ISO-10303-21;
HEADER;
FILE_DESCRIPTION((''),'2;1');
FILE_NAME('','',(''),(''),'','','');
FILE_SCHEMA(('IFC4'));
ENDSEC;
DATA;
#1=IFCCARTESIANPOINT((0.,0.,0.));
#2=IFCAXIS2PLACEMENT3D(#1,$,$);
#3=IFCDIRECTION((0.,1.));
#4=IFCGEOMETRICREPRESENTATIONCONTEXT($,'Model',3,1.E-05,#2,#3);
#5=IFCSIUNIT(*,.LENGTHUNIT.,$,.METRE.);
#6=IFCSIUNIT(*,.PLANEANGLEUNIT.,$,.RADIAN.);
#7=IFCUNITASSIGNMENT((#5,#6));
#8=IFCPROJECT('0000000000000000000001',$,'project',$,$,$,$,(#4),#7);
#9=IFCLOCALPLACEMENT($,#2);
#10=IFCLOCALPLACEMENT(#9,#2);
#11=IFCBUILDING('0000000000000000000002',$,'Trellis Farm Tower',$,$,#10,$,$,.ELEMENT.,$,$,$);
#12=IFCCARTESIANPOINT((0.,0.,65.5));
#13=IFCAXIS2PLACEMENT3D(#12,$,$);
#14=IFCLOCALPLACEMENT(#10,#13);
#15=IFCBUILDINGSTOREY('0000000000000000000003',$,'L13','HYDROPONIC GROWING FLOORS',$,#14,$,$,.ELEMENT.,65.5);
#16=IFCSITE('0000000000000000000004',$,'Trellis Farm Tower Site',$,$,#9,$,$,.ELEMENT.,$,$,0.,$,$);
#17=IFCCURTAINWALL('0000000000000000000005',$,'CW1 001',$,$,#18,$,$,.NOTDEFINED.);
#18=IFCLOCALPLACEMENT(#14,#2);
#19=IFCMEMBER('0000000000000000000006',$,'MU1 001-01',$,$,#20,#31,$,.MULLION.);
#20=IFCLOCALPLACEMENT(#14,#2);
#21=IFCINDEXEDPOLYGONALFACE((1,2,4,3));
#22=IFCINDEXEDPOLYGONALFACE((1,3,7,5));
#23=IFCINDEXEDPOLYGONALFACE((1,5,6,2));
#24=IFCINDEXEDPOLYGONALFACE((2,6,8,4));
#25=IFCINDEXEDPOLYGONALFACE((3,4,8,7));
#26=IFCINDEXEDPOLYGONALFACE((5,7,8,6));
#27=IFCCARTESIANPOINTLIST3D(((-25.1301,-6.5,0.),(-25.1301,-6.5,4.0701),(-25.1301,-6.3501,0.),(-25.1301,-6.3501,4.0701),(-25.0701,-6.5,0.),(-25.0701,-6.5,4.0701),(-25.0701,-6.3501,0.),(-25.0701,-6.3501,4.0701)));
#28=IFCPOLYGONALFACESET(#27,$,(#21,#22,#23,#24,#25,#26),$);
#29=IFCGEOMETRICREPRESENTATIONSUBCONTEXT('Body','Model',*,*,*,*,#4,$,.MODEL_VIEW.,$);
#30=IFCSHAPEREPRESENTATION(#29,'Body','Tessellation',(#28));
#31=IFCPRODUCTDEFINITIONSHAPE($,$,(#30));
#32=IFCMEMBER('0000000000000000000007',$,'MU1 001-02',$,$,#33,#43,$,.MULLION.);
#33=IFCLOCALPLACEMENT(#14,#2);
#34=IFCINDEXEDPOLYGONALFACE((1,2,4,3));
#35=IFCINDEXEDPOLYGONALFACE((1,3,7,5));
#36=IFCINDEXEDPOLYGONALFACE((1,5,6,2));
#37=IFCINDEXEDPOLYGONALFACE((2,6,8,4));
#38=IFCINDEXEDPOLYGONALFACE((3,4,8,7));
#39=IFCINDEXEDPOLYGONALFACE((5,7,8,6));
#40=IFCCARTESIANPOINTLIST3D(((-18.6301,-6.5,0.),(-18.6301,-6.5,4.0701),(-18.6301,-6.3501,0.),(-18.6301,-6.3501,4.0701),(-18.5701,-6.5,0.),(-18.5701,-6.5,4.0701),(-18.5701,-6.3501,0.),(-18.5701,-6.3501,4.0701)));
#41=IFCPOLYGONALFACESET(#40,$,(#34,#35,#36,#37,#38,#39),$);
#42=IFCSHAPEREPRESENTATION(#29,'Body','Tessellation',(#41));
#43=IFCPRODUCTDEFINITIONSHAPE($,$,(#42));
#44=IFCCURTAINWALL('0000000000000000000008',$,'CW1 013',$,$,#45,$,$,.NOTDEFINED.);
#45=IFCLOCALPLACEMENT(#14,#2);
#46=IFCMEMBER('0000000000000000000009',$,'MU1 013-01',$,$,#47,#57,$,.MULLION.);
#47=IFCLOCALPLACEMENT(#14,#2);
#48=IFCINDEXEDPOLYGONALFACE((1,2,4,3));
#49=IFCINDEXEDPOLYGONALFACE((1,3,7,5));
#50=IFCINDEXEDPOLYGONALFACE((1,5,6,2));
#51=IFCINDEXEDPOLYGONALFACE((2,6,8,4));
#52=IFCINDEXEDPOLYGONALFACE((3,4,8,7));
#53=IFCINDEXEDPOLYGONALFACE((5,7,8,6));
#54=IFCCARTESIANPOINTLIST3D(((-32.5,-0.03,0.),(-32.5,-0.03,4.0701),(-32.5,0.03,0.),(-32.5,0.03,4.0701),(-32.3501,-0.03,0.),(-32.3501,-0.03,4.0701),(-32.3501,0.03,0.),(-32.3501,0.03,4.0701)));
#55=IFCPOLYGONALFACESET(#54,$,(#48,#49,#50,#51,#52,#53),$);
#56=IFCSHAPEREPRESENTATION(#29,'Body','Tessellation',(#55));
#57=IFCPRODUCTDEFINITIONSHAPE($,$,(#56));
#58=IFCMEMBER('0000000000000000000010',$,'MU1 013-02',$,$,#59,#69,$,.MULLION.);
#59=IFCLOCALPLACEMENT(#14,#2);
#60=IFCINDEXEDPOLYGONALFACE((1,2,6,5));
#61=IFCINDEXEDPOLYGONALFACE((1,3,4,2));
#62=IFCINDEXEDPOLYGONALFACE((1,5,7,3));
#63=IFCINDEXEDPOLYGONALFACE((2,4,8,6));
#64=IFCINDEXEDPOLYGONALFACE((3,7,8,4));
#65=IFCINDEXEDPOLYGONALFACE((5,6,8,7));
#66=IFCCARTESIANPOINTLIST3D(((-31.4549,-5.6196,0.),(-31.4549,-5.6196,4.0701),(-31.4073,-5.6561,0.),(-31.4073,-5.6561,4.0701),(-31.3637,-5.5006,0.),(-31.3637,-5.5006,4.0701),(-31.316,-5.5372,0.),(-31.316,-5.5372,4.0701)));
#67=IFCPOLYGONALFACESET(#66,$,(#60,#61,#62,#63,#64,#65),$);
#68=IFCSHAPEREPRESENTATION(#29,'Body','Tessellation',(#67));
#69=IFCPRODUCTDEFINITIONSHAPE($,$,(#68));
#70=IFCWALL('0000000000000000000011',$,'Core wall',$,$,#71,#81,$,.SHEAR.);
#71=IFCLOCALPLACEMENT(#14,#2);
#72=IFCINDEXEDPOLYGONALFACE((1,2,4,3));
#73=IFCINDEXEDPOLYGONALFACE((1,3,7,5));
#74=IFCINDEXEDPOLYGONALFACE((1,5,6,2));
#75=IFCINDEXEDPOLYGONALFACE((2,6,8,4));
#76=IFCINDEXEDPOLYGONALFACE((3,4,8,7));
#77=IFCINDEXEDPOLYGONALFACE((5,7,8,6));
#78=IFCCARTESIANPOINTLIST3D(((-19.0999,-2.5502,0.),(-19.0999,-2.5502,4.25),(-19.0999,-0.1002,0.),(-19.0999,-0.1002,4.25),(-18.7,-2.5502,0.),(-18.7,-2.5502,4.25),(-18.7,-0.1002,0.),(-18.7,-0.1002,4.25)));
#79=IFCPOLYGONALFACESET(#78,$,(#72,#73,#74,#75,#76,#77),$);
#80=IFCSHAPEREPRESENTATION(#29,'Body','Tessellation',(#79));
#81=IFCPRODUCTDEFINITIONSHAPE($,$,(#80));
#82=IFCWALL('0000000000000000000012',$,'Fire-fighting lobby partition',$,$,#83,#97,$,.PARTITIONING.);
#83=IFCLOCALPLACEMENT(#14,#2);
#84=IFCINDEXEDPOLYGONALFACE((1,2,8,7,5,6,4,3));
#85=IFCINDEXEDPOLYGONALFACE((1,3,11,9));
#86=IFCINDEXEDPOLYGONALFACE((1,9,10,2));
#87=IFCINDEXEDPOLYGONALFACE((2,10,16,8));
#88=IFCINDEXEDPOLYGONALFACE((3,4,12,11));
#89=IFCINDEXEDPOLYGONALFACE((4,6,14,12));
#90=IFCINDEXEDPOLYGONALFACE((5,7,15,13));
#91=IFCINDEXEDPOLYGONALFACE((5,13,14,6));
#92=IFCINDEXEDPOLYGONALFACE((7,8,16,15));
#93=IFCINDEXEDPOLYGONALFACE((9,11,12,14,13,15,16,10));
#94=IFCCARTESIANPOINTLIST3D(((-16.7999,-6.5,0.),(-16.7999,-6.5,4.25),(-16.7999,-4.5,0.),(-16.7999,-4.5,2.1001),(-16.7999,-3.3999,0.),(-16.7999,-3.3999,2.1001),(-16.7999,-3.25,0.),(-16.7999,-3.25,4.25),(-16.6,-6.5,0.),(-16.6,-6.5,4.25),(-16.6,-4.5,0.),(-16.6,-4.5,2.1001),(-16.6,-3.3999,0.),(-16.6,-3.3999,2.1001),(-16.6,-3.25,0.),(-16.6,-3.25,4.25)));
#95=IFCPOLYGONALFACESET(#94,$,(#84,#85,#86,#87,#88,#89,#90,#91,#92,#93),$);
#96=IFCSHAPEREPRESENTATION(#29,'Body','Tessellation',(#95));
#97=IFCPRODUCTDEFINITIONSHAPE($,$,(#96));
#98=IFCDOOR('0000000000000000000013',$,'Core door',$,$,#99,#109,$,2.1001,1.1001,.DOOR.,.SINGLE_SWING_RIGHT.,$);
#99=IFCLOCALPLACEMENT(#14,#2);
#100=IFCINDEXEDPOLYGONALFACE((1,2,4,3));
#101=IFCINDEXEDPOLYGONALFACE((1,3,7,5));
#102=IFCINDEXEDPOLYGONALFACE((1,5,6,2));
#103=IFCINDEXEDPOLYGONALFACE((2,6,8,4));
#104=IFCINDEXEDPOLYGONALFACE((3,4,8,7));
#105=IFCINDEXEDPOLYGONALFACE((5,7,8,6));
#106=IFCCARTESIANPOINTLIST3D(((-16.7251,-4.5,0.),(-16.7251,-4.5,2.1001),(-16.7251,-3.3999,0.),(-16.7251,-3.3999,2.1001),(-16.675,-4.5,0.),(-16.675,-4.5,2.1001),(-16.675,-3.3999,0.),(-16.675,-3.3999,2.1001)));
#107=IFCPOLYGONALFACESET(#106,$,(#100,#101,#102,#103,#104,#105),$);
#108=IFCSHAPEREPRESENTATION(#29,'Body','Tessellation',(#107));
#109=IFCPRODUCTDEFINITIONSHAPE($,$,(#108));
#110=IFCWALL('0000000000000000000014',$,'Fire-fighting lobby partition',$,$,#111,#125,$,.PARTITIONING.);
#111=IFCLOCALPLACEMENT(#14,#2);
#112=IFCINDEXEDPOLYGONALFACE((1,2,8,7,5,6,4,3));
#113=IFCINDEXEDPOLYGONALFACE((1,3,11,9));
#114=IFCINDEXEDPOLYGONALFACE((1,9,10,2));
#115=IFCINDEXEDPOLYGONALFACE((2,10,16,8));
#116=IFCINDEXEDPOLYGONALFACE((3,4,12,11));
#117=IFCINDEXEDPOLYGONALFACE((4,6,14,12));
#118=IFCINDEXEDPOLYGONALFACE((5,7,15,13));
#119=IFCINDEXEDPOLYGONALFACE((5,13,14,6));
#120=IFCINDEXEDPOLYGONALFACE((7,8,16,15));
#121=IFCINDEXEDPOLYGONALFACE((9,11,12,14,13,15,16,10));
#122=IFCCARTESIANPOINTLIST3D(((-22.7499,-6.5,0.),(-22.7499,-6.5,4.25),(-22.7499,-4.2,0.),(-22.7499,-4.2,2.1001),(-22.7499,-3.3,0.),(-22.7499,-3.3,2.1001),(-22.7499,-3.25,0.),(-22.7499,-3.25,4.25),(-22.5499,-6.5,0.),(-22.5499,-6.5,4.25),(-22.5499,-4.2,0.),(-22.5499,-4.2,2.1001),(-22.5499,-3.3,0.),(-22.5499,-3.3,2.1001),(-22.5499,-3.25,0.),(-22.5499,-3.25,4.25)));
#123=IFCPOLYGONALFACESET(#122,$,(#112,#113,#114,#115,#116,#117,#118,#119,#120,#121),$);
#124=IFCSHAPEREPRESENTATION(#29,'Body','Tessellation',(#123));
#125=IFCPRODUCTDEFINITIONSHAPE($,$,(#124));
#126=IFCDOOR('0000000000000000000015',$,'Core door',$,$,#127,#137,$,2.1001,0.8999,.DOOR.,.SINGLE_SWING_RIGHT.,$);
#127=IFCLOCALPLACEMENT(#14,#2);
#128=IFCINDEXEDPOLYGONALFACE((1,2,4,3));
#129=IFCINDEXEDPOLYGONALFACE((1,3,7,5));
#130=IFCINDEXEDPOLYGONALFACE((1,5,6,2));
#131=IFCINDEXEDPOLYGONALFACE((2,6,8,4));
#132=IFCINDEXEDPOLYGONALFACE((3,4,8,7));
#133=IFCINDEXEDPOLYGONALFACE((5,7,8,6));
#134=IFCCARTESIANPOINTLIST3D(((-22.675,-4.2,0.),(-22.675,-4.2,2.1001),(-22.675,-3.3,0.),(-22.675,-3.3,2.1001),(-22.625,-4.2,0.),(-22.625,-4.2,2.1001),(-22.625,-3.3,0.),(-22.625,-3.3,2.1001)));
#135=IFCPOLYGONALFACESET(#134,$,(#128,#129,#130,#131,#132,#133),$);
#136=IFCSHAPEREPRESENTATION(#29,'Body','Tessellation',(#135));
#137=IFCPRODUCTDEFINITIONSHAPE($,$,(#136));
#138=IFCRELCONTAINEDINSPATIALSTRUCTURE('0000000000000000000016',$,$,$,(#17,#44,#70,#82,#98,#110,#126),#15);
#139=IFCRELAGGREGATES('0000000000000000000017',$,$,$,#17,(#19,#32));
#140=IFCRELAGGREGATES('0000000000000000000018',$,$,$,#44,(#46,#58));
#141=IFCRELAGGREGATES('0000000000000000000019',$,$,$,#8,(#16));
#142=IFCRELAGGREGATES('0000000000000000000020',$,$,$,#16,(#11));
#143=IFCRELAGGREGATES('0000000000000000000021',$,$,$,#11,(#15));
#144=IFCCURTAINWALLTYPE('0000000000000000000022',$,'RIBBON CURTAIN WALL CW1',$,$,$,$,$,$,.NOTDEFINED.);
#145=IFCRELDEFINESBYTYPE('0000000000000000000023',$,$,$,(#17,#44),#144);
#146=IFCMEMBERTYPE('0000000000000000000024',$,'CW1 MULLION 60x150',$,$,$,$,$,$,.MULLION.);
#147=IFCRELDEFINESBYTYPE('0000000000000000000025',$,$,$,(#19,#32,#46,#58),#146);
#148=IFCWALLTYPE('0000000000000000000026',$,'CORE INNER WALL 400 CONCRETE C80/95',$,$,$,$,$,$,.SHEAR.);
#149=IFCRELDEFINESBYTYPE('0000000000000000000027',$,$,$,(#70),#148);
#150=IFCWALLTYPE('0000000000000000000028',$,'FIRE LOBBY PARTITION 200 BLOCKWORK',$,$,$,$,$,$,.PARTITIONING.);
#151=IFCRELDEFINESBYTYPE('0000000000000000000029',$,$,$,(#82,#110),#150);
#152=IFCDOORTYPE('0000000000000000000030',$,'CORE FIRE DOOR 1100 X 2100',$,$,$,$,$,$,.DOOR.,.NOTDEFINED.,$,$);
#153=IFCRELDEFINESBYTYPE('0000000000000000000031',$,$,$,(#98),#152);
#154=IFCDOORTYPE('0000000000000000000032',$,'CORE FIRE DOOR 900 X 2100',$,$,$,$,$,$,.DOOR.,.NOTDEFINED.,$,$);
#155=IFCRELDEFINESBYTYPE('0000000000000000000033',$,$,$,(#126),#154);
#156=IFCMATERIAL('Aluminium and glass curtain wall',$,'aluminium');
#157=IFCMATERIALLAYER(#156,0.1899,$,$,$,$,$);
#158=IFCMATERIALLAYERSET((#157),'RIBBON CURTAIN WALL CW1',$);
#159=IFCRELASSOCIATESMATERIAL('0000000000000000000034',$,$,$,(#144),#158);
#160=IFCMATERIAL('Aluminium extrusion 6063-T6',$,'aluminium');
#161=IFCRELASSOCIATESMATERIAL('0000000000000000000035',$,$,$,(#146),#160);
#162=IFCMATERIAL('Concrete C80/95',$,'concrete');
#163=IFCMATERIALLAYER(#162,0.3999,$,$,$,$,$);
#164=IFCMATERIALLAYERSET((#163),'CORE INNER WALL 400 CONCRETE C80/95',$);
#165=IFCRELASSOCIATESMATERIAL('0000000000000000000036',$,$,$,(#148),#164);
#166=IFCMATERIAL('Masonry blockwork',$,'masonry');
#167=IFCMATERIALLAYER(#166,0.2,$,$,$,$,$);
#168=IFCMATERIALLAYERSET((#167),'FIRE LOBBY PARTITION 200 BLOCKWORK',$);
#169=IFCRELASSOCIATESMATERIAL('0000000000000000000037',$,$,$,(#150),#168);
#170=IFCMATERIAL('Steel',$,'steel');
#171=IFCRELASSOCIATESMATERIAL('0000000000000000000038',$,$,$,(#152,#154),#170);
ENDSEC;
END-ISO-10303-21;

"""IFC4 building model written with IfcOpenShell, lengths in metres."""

from ifc_helpers import new_model, si_unit, direction, frame, frame_2d, origin, origin_2d, place, context, subcontext, project, spatial, rectangle, extrude, source, transform, mapped, material, layer, layer_set, material_profile, profile_set, type_object, element, fill, aggregate, save


model = new_model("IFC4")

# Units and contexts
model_context = context("Model", 3, precision=1e-05, world=origin(), true_north=direction((0.0, 1.0)))
body_context = subcontext(model_context, "Body", "Model", "MODEL_VIEW")
ifc_project = project(units=[si_unit("LENGTHUNIT", "METRE"), si_unit("PLANEANGLEUNIT", "RADIAN")], contexts=[model_context])

# Site, building, storey
site_placement = place(None, origin())
site = spatial("IfcSite", under=ifc_project, at=site_placement, Name="Trellis Farm Tower Site", CompositionType="ELEMENT", RefElevation=0.0)
building_placement = place(site_placement, origin())
building = spatial("IfcBuilding", under=site, at=building_placement, Name="Trellis Farm Tower", CompositionType="ELEMENT")
storey_placement = place(building_placement, frame((0.0, 0.0, 65.5)))
storey = spatial("IfcBuildingStorey", under=building, at=storey_placement, Name="L13", Description="HYDROPONIC GROWING FLOORS", CompositionType="ELEMENT", Elevation=65.5)

# Shared definitions
ifc_material_1 = material(Name="Concrete C80/95", Category="concrete")

# Curtain walls, members
ifc_material_2 = material(Name="Aluminium and glass curtain wall", Category="aluminium")
ifc_layer_1 = layer(ifc_material_2, 0.1899)
ifc_layer_set_1 = layer_set([ifc_layer_1], Name="RIBBON CURTAIN WALL CW1")
curtain_wall_type = type_object("IfcCurtainWallType", Name="RIBBON CURTAIN WALL CW1", PredefinedType="NOTDEFINED", material=ifc_layer_set_1)
placement = place(storey_placement, origin())
curtain_wall_1 = element("IfcCurtainWall", 1, at=placement, inside=storey, type_object=curtain_wall_type, Name="CW1 001", PredefinedType="NOTDEFINED")
ifc_material_3 = material(Name="Aluminium extrusion 6063-T6", Category="aluminium")
ifc_material_profile_1 = material_profile(ifc_material_3, rectangle(XDim=0.0601, YDim=0.1499, at=origin_2d()), Name="MULLION 60x150")
ifc_profile_set_1 = profile_set([ifc_material_profile_1], Name="Aluminium extrusion 6063-T6")
member_type = type_object("IfcMemberType", Name="CW1 MULLION 60x150", PredefinedType="MULLION", material=ifc_profile_set_1)
shared_shape_1 = source(origin(), body_context, "Body", "SweptSolid", [
    extrude(rectangle(XDim=0.0601, YDim=0.1499, at=origin_2d()), origin(), (0.0, 0.0, 1.0), 4.0701),
])
member_1_placement = place(storey_placement, frame((-25.1001, -6.425, 0.0), z_axis=(0.0, 0.0, 1.0), x_axis=(1.0, 0.0, 0.0)))
member_1 = element("IfcMember", 2, at=member_1_placement, type_object=member_type, Name="MU1 001-01", PredefinedType="MULLION", context=body_context, shape_type="MappedRepresentation", body=[
    mapped(shared_shape_1, transform((0.0, 0.0, 0.0))),
])
member_2_placement = place(storey_placement, frame((-18.6001, -6.425, 0.0), z_axis=(0.0, 0.0, 1.0), x_axis=(1.0, 0.0, 0.0)))
member_2 = element("IfcMember", 3, at=member_2_placement, type_object=member_type, Name="MU1 001-02", PredefinedType="MULLION", context=body_context, shape_type="MappedRepresentation", body=[
    mapped(shared_shape_1, transform((0.0, 0.0, 0.0))),
])
aggregate(curtain_wall_1, [member_1, member_2])
curtain_wall_2 = element("IfcCurtainWall", 4, at=placement, inside=storey, type_object=curtain_wall_type, Name="CW1 013", PredefinedType="NOTDEFINED")
member_3_placement = place(storey_placement, frame((-32.425, 0.0, 0.0), z_axis=(0.0, 0.0, 1.0), x_axis=(0.0, -1.0, 0.0)))
member_3 = element("IfcMember", 5, at=member_3_placement, type_object=member_type, Name="MU1 013-01", PredefinedType="MULLION", context=body_context, shape_type="MappedRepresentation", body=[
    mapped(shared_shape_1, transform((0.0, 0.0, 0.0))),
])
member_4_placement = place(storey_placement, frame((-31.3855, -5.5784, 0.0), z_axis=(0.0, 0.0, 1.0), x_axis=(0.793353, -0.608761, 0.0)))
member_4 = element("IfcMember", 6, at=member_4_placement, type_object=member_type, Name="MU1 013-02", PredefinedType="MULLION", context=body_context, shape_type="MappedRepresentation", body=[
    mapped(shared_shape_1, transform((0.0, 0.0, 0.0))),
])
aggregate(curtain_wall_2, [member_3, member_4])

# Wall
ifc_layer_2 = layer(ifc_material_1, 0.3999)
ifc_layer_set_2 = layer_set([ifc_layer_2], Name="CORE INNER WALL 400 CONCRETE C80/95")
wall_type_1 = type_object("IfcWallType", Name="CORE INNER WALL 400 CONCRETE C80/95", PredefinedType="SHEAR", material=ifc_layer_set_2)
shared_shape_2 = source(origin(), body_context, "Body", "SweptSolid", [
    extrude(rectangle(XDim=2.45, YDim=0.3999, at=frame_2d((1.2251, 0.0))), origin(), (0.0, 0.0, 1.0), 4.25),
])
wall_1_placement = place(storey_placement, frame((-18.8999, -0.1001, 0.0), z_axis=(0.0, 0.0, 1.0), x_axis=(0.0, -1.0, 0.0)))
element("IfcWall", 7, at=wall_1_placement, inside=storey, type_object=wall_type_1, Name="Core wall", PredefinedType="SHEAR", context=body_context, shape_type="MappedRepresentation", body=[
    mapped(shared_shape_2, transform((0.0, 0.0, 0.0))),
])

# Walls, openings, doors
ifc_material_4 = material(Name="Masonry blockwork", Category="masonry")
ifc_layer_3 = layer(ifc_material_4, 0.2)
ifc_layer_set_3 = layer_set([ifc_layer_3], Name="FIRE LOBBY PARTITION 200 BLOCKWORK")
wall_type_2 = type_object("IfcWallType", Name="FIRE LOBBY PARTITION 200 BLOCKWORK", PredefinedType="PARTITIONING", material=ifc_layer_set_3)
shared_shape_3 = source(origin(), body_context, "Body", "SweptSolid", [
    extrude(rectangle(XDim=3.25, YDim=0.2, at=frame_2d((1.625, 0.0))), origin(), (0.0, 0.0, 1.0), 4.25),
])
wall_2_placement = place(storey_placement, frame((-16.7, -3.25, 0.0), z_axis=(0.0, 0.0, 1.0), x_axis=(0.0, -1.0, 0.0)))
wall_2 = element("IfcWall", 8, at=wall_2_placement, inside=storey, type_object=wall_type_2, Name="Fire-fighting lobby partition", PredefinedType="PARTITIONING", context=body_context, shape_type="MappedRepresentation", body=[
    mapped(shared_shape_3, transform((0.0, 0.0, 0.0))),
])
shared_shape_4 = source(origin(), body_context, "Body", "SweptSolid", [
    extrude(rectangle(XDim=1.1001, YDim=2.1001, at=frame_2d((0.55, 1.05))), frame((0.0, 0.1101, 0.0), z_axis=(0.0, -1.0, 0.0), x_axis=(1.0, 0.0, 0.0)), (0.0, 0.0, 1.0), 0.2202),
])
opening_1_placement = place(wall_2_placement, frame((0.1499, 0.0, 0.0)))
opening_1 = element("IfcOpeningElement", 9, at=opening_1_placement, cuts=wall_2, PredefinedType="OPENING", context=body_context, shape_type="MappedRepresentation", body=[
    mapped(shared_shape_4, transform((0.0, 0.0, 0.0))),
])
ifc_material_5 = material(Name="Steel", Category="steel")
door_type_1 = type_object("IfcDoorType", Name="CORE FIRE DOOR 1100 X 2100", OperationType="NOTDEFINED", PredefinedType="DOOR", material=ifc_material_5)
shared_shape_5 = source(origin(), body_context, "Body", "SweptSolid", [
    extrude(rectangle(XDim=1.1001, YDim=2.1001, at=frame_2d((0.55, 1.05))), frame((0.0, 0.0249, 0.0), z_axis=(0.0, -1.0, 0.0), x_axis=(1.0, 0.0, 0.0)), (0.0, 0.0, 1.0), 0.05),
])
door_1_placement = place(opening_1_placement, origin())
door_1 = element("IfcDoor", 10, at=door_1_placement, inside=storey, type_object=door_type_1, Name="Core door", OperationType="SINGLE_SWING_RIGHT", OverallHeight=2.1001, OverallWidth=1.1001, PredefinedType="DOOR", context=body_context, shape_type="MappedRepresentation", body=[
    mapped(shared_shape_5, transform((0.0, 0.0, 0.0))),
])
fill(opening_1, door_1)
wall_3_placement = place(storey_placement, frame((-22.6499, -3.25, 0.0), z_axis=(0.0, 0.0, 1.0), x_axis=(0.0, -1.0, 0.0)))
wall_3 = element("IfcWall", 11, at=wall_3_placement, inside=storey, type_object=wall_type_2, Name="Fire-fighting lobby partition", PredefinedType="PARTITIONING", context=body_context, shape_type="MappedRepresentation", body=[
    mapped(shared_shape_3, transform((0.0, 0.0, 0.0))),
])
shared_shape_6 = source(origin(), body_context, "Body", "SweptSolid", [
    extrude(rectangle(XDim=0.8999, YDim=2.1001, at=frame_2d((0.45, 1.05))), frame((0.0, 0.1101, 0.0), z_axis=(0.0, -1.0, 0.0), x_axis=(1.0, 0.0, 0.0)), (0.0, 0.0, 1.0), 0.2202),
])
opening_2_placement = place(wall_3_placement, frame((0.05, 0.0, 0.0)))
opening_2 = element("IfcOpeningElement", 12, at=opening_2_placement, cuts=wall_3, PredefinedType="OPENING", context=body_context, shape_type="MappedRepresentation", body=[
    mapped(shared_shape_6, transform((0.0, 0.0, 0.0))),
])
door_type_2 = type_object("IfcDoorType", Name="CORE FIRE DOOR 900 X 2100", OperationType="NOTDEFINED", PredefinedType="DOOR", material=ifc_material_5)
shared_shape_7 = source(origin(), body_context, "Body", "SweptSolid", [
    extrude(rectangle(XDim=0.8999, YDim=2.1001, at=frame_2d((0.45, 1.05))), frame((0.0, 0.0249, 0.0), z_axis=(0.0, -1.0, 0.0), x_axis=(1.0, 0.0, 0.0)), (0.0, 0.0, 1.0), 0.05),
])
door_2_placement = place(opening_2_placement, origin())
door_2 = element("IfcDoor", 13, at=door_2_placement, inside=storey, type_object=door_type_2, Name="Core door", OperationType="SINGLE_SWING_RIGHT", OverallHeight=2.1001, OverallWidth=0.8999, PredefinedType="DOOR", context=body_context, shape_type="MappedRepresentation", body=[
    mapped(shared_shape_7, transform((0.0, 0.0, 0.0))),
])
fill(opening_2, door_2)

save(model, "model.ifc")
